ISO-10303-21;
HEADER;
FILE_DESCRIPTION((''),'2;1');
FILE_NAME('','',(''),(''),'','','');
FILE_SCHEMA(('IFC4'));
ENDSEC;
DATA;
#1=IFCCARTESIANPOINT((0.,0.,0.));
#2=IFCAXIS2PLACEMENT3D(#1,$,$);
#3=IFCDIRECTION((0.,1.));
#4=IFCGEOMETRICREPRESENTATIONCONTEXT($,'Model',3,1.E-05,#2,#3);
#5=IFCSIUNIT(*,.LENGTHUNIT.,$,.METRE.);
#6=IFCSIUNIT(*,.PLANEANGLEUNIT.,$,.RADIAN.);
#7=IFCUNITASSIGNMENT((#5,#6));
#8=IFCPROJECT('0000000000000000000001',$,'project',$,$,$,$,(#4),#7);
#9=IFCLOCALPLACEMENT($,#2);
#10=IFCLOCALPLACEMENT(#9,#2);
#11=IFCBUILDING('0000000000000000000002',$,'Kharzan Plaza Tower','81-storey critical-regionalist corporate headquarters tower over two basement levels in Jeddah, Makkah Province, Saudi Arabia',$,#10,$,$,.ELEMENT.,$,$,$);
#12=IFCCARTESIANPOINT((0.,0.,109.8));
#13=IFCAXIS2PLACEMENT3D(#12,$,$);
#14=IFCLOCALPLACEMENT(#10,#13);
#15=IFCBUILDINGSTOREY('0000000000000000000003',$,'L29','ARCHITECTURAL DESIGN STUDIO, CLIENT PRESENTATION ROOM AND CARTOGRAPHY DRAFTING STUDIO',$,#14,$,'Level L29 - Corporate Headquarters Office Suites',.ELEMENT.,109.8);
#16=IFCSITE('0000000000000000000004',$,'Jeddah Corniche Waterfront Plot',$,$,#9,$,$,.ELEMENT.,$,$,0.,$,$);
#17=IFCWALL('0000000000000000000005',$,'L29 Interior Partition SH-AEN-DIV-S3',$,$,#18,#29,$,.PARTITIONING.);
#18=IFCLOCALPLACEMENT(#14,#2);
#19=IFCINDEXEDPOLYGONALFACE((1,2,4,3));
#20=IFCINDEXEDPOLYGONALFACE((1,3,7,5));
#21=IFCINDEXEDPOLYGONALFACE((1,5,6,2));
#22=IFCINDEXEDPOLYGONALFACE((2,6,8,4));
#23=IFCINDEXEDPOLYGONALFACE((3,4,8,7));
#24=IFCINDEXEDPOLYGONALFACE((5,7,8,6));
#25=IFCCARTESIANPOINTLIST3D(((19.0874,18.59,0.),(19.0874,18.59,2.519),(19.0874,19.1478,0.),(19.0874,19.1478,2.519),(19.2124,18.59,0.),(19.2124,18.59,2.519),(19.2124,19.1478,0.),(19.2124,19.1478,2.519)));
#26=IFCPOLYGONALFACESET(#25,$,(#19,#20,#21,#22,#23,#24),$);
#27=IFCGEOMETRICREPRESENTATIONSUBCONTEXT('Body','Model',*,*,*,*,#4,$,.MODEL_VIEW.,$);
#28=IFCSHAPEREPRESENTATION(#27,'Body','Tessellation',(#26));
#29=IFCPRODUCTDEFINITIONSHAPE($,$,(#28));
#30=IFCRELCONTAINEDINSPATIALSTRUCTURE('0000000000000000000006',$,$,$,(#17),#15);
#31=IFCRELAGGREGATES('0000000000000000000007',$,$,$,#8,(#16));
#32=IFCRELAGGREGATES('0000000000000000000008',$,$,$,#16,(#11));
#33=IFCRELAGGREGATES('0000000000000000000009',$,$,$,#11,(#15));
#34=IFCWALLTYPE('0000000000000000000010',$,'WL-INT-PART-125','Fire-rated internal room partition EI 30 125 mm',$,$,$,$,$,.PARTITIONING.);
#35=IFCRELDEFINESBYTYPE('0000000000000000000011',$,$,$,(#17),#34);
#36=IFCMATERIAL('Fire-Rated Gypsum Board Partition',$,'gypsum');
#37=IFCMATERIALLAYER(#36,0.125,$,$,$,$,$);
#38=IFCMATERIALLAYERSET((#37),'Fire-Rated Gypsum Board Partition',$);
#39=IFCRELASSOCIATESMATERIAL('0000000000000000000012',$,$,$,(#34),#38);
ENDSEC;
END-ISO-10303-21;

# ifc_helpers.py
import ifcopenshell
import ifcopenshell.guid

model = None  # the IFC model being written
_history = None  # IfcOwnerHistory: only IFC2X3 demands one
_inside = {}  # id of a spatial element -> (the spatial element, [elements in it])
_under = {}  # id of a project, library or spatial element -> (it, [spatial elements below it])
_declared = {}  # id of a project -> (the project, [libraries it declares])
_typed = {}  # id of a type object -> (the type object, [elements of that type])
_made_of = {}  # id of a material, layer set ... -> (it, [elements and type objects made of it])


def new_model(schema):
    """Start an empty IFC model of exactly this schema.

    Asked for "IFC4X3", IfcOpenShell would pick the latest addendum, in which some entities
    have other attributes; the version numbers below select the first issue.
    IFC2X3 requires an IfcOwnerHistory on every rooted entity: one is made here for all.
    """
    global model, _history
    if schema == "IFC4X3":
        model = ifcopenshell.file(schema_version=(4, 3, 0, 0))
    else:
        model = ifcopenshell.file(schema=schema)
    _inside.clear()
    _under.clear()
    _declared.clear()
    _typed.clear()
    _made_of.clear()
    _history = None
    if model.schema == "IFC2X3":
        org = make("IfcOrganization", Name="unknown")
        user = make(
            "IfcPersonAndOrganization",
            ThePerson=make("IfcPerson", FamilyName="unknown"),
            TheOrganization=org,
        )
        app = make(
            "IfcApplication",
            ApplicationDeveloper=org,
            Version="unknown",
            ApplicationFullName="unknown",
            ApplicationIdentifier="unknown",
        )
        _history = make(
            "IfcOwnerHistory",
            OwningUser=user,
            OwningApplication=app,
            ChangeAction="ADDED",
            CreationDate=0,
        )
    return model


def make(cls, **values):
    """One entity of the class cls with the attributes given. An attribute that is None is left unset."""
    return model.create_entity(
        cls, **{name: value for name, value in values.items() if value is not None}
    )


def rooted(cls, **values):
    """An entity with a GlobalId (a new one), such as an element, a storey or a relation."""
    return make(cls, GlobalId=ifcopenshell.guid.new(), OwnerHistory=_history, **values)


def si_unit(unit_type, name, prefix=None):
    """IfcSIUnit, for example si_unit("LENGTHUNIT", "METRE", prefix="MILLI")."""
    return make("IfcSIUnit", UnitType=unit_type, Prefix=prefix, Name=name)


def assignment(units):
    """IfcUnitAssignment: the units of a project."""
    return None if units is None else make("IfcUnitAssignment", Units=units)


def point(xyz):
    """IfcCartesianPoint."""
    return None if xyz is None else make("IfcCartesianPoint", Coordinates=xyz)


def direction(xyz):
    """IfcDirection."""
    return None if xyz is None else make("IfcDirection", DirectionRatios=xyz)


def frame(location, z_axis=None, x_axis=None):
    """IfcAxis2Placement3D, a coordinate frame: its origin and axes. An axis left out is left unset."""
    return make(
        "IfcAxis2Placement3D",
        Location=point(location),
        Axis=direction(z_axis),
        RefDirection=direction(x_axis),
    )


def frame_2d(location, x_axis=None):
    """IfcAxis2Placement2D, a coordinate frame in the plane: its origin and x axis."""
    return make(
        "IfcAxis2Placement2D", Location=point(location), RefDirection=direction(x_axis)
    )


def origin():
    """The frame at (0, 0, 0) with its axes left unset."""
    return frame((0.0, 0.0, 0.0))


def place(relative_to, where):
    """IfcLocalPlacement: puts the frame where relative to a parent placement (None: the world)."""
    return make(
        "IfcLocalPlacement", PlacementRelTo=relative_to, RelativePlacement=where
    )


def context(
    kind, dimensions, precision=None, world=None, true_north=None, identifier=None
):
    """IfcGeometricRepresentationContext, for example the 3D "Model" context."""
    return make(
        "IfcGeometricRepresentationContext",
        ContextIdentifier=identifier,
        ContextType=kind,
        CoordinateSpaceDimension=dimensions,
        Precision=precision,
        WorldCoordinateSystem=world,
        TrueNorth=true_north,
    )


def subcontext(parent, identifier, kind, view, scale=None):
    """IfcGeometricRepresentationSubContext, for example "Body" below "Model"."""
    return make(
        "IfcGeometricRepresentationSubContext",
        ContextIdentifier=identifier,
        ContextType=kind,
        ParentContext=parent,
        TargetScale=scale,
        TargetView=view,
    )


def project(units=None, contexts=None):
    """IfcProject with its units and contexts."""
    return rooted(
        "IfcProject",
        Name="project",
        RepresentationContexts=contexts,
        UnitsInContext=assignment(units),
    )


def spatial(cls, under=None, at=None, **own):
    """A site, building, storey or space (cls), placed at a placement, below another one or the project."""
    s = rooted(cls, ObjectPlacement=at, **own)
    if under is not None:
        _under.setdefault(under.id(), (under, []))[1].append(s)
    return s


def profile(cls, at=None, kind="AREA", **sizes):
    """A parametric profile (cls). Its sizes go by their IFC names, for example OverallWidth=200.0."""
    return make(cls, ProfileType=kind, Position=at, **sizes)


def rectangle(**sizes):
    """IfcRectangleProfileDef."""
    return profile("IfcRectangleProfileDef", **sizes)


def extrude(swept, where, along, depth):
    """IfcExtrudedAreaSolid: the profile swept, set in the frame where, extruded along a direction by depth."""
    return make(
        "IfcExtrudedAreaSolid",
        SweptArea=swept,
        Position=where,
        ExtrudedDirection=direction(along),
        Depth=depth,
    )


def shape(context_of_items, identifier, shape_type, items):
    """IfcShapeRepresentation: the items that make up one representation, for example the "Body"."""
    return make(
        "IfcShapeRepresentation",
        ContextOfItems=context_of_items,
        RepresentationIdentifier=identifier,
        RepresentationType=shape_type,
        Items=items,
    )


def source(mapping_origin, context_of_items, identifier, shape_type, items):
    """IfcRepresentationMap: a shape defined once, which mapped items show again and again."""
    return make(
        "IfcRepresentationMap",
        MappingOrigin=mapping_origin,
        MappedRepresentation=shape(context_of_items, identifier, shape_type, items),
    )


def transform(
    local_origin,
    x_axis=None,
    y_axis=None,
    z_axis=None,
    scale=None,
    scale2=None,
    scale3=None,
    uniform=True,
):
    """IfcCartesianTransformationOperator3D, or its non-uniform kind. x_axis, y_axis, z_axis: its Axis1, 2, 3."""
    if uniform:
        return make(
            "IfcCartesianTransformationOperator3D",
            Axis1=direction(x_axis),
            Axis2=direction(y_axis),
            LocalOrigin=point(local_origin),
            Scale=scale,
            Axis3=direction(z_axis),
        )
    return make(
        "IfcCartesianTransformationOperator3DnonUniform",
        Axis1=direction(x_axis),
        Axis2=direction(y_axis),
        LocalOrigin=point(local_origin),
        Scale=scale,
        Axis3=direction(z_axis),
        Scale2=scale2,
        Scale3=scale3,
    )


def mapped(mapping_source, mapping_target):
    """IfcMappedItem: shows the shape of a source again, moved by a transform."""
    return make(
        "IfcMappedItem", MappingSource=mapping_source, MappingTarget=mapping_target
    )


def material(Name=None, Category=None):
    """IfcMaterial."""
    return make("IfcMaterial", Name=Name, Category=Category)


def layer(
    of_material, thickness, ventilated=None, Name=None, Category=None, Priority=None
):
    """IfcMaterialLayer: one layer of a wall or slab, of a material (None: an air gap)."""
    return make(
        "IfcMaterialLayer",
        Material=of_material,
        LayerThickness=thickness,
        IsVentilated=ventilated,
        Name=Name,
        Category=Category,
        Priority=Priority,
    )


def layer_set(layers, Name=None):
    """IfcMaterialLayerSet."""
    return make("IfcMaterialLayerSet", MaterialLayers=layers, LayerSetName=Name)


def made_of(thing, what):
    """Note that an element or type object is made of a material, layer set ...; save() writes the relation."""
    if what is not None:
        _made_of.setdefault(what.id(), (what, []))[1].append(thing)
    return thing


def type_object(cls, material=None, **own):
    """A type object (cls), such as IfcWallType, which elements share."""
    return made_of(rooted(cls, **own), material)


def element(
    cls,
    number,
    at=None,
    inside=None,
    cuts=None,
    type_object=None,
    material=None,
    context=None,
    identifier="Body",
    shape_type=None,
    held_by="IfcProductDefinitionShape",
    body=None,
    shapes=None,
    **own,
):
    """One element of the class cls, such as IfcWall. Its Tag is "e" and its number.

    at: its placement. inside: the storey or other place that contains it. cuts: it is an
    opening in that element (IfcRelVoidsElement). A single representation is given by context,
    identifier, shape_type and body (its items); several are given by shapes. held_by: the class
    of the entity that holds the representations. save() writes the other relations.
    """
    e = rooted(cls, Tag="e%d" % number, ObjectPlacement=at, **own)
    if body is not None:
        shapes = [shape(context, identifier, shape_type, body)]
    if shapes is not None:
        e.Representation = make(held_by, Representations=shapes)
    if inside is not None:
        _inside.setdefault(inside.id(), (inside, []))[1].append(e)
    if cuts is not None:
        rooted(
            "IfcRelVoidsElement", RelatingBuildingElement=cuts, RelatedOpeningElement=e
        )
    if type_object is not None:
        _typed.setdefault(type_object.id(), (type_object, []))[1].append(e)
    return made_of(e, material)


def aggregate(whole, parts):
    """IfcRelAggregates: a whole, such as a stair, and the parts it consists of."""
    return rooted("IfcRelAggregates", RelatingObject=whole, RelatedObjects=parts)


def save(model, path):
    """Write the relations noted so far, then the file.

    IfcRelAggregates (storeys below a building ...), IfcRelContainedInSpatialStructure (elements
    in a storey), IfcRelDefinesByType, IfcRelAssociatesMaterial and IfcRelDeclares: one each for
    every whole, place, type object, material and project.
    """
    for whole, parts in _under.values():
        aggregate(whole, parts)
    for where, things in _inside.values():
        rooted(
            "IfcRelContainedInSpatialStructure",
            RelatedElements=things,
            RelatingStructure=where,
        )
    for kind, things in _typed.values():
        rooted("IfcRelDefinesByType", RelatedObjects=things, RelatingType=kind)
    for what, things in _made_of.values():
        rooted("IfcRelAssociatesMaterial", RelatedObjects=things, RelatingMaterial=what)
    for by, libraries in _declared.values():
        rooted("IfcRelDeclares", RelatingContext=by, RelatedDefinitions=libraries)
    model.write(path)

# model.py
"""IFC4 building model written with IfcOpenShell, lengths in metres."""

from ifc_helpers import new_model, si_unit, direction, frame, frame_2d, origin, place, context, subcontext, project, spatial, rectangle, extrude, source, transform, mapped, material, layer, layer_set, type_object, element, save


model = new_model("IFC4")

# Units and contexts
model_context = context("Model", 3, precision=1e-05, world=origin(), true_north=direction((0.0, 1.0)))
body_context = subcontext(model_context, "Body", "Model", "MODEL_VIEW")
ifc_project = project(units=[si_unit("LENGTHUNIT", "METRE"), si_unit("PLANEANGLEUNIT", "RADIAN")], contexts=[model_context])

# Site, building, storey
site_placement = place(None, origin())
site = spatial("IfcSite", under=ifc_project, at=site_placement, Name="Jeddah Corniche Waterfront Plot", CompositionType="ELEMENT", RefElevation=0.0)
building_placement = place(site_placement, origin())
building = spatial("IfcBuilding", under=site, at=building_placement, Name="Kharzan Plaza Tower", Description="81-storey critical-regionalist corporate headquarters tower over two basement levels in Jeddah, Makkah Province, Saudi Arabia", CompositionType="ELEMENT")
storey_placement = place(building_placement, frame((0.0, 0.0, 109.8)))
storey = spatial("IfcBuildingStorey", under=building, at=storey_placement, Name="L29", Description="ARCHITECTURAL DESIGN STUDIO, CLIENT PRESENTATION ROOM AND CARTOGRAPHY DRAFTING STUDIO", LongName="Level L29 - Corporate Headquarters Office Suites", CompositionType="ELEMENT", Elevation=109.8)

# Shared definitions
ifc_material_1 = material(Name="Fire-Rated Gypsum Board Partition", Category="gypsum")
ifc_layer_1 = layer(ifc_material_1, 0.125)
ifc_layer_set_1 = layer_set([ifc_layer_1], Name="Fire-Rated Gypsum Board Partition")
wall_type_1 = type_object("IfcWallType", Name="WL-INT-PART-125", Description="Fire-rated internal room partition EI 30 125 mm", PredefinedType="PARTITIONING", material=ifc_layer_set_1)

# Wall
shared_shape_1 = source(origin(), body_context, "Body", "SweptSolid", [
    extrude(rectangle(XDim=0.5579, YDim=0.125, at=frame_2d((0.2788, 0.0))), origin(), (0.0, 0.0, 1.0), 2.519),
])
wall_1_placement = place(storey_placement, frame((19.1499, 18.5901, 0.0), z_axis=(0.0, 0.0, 1.0), x_axis=(0.0, 1.0, 0.0)))
element("IfcWall", 1, at=wall_1_placement, inside=storey, type_object=wall_type_1, Name="L29 Interior Partition SH-AEN-DIV-S3", PredefinedType="PARTITIONING", context=body_context, shape_type="MappedRepresentation", body=[
    mapped(shared_shape_1, transform((0.0, 0.0, 0.0), x_axis=(1.0, 0.0, 0.0), y_axis=(0.0, 1.0, 0.0), z_axis=(0.0, 0.0, 1.0))),
])

save(model, "model.ifc")
